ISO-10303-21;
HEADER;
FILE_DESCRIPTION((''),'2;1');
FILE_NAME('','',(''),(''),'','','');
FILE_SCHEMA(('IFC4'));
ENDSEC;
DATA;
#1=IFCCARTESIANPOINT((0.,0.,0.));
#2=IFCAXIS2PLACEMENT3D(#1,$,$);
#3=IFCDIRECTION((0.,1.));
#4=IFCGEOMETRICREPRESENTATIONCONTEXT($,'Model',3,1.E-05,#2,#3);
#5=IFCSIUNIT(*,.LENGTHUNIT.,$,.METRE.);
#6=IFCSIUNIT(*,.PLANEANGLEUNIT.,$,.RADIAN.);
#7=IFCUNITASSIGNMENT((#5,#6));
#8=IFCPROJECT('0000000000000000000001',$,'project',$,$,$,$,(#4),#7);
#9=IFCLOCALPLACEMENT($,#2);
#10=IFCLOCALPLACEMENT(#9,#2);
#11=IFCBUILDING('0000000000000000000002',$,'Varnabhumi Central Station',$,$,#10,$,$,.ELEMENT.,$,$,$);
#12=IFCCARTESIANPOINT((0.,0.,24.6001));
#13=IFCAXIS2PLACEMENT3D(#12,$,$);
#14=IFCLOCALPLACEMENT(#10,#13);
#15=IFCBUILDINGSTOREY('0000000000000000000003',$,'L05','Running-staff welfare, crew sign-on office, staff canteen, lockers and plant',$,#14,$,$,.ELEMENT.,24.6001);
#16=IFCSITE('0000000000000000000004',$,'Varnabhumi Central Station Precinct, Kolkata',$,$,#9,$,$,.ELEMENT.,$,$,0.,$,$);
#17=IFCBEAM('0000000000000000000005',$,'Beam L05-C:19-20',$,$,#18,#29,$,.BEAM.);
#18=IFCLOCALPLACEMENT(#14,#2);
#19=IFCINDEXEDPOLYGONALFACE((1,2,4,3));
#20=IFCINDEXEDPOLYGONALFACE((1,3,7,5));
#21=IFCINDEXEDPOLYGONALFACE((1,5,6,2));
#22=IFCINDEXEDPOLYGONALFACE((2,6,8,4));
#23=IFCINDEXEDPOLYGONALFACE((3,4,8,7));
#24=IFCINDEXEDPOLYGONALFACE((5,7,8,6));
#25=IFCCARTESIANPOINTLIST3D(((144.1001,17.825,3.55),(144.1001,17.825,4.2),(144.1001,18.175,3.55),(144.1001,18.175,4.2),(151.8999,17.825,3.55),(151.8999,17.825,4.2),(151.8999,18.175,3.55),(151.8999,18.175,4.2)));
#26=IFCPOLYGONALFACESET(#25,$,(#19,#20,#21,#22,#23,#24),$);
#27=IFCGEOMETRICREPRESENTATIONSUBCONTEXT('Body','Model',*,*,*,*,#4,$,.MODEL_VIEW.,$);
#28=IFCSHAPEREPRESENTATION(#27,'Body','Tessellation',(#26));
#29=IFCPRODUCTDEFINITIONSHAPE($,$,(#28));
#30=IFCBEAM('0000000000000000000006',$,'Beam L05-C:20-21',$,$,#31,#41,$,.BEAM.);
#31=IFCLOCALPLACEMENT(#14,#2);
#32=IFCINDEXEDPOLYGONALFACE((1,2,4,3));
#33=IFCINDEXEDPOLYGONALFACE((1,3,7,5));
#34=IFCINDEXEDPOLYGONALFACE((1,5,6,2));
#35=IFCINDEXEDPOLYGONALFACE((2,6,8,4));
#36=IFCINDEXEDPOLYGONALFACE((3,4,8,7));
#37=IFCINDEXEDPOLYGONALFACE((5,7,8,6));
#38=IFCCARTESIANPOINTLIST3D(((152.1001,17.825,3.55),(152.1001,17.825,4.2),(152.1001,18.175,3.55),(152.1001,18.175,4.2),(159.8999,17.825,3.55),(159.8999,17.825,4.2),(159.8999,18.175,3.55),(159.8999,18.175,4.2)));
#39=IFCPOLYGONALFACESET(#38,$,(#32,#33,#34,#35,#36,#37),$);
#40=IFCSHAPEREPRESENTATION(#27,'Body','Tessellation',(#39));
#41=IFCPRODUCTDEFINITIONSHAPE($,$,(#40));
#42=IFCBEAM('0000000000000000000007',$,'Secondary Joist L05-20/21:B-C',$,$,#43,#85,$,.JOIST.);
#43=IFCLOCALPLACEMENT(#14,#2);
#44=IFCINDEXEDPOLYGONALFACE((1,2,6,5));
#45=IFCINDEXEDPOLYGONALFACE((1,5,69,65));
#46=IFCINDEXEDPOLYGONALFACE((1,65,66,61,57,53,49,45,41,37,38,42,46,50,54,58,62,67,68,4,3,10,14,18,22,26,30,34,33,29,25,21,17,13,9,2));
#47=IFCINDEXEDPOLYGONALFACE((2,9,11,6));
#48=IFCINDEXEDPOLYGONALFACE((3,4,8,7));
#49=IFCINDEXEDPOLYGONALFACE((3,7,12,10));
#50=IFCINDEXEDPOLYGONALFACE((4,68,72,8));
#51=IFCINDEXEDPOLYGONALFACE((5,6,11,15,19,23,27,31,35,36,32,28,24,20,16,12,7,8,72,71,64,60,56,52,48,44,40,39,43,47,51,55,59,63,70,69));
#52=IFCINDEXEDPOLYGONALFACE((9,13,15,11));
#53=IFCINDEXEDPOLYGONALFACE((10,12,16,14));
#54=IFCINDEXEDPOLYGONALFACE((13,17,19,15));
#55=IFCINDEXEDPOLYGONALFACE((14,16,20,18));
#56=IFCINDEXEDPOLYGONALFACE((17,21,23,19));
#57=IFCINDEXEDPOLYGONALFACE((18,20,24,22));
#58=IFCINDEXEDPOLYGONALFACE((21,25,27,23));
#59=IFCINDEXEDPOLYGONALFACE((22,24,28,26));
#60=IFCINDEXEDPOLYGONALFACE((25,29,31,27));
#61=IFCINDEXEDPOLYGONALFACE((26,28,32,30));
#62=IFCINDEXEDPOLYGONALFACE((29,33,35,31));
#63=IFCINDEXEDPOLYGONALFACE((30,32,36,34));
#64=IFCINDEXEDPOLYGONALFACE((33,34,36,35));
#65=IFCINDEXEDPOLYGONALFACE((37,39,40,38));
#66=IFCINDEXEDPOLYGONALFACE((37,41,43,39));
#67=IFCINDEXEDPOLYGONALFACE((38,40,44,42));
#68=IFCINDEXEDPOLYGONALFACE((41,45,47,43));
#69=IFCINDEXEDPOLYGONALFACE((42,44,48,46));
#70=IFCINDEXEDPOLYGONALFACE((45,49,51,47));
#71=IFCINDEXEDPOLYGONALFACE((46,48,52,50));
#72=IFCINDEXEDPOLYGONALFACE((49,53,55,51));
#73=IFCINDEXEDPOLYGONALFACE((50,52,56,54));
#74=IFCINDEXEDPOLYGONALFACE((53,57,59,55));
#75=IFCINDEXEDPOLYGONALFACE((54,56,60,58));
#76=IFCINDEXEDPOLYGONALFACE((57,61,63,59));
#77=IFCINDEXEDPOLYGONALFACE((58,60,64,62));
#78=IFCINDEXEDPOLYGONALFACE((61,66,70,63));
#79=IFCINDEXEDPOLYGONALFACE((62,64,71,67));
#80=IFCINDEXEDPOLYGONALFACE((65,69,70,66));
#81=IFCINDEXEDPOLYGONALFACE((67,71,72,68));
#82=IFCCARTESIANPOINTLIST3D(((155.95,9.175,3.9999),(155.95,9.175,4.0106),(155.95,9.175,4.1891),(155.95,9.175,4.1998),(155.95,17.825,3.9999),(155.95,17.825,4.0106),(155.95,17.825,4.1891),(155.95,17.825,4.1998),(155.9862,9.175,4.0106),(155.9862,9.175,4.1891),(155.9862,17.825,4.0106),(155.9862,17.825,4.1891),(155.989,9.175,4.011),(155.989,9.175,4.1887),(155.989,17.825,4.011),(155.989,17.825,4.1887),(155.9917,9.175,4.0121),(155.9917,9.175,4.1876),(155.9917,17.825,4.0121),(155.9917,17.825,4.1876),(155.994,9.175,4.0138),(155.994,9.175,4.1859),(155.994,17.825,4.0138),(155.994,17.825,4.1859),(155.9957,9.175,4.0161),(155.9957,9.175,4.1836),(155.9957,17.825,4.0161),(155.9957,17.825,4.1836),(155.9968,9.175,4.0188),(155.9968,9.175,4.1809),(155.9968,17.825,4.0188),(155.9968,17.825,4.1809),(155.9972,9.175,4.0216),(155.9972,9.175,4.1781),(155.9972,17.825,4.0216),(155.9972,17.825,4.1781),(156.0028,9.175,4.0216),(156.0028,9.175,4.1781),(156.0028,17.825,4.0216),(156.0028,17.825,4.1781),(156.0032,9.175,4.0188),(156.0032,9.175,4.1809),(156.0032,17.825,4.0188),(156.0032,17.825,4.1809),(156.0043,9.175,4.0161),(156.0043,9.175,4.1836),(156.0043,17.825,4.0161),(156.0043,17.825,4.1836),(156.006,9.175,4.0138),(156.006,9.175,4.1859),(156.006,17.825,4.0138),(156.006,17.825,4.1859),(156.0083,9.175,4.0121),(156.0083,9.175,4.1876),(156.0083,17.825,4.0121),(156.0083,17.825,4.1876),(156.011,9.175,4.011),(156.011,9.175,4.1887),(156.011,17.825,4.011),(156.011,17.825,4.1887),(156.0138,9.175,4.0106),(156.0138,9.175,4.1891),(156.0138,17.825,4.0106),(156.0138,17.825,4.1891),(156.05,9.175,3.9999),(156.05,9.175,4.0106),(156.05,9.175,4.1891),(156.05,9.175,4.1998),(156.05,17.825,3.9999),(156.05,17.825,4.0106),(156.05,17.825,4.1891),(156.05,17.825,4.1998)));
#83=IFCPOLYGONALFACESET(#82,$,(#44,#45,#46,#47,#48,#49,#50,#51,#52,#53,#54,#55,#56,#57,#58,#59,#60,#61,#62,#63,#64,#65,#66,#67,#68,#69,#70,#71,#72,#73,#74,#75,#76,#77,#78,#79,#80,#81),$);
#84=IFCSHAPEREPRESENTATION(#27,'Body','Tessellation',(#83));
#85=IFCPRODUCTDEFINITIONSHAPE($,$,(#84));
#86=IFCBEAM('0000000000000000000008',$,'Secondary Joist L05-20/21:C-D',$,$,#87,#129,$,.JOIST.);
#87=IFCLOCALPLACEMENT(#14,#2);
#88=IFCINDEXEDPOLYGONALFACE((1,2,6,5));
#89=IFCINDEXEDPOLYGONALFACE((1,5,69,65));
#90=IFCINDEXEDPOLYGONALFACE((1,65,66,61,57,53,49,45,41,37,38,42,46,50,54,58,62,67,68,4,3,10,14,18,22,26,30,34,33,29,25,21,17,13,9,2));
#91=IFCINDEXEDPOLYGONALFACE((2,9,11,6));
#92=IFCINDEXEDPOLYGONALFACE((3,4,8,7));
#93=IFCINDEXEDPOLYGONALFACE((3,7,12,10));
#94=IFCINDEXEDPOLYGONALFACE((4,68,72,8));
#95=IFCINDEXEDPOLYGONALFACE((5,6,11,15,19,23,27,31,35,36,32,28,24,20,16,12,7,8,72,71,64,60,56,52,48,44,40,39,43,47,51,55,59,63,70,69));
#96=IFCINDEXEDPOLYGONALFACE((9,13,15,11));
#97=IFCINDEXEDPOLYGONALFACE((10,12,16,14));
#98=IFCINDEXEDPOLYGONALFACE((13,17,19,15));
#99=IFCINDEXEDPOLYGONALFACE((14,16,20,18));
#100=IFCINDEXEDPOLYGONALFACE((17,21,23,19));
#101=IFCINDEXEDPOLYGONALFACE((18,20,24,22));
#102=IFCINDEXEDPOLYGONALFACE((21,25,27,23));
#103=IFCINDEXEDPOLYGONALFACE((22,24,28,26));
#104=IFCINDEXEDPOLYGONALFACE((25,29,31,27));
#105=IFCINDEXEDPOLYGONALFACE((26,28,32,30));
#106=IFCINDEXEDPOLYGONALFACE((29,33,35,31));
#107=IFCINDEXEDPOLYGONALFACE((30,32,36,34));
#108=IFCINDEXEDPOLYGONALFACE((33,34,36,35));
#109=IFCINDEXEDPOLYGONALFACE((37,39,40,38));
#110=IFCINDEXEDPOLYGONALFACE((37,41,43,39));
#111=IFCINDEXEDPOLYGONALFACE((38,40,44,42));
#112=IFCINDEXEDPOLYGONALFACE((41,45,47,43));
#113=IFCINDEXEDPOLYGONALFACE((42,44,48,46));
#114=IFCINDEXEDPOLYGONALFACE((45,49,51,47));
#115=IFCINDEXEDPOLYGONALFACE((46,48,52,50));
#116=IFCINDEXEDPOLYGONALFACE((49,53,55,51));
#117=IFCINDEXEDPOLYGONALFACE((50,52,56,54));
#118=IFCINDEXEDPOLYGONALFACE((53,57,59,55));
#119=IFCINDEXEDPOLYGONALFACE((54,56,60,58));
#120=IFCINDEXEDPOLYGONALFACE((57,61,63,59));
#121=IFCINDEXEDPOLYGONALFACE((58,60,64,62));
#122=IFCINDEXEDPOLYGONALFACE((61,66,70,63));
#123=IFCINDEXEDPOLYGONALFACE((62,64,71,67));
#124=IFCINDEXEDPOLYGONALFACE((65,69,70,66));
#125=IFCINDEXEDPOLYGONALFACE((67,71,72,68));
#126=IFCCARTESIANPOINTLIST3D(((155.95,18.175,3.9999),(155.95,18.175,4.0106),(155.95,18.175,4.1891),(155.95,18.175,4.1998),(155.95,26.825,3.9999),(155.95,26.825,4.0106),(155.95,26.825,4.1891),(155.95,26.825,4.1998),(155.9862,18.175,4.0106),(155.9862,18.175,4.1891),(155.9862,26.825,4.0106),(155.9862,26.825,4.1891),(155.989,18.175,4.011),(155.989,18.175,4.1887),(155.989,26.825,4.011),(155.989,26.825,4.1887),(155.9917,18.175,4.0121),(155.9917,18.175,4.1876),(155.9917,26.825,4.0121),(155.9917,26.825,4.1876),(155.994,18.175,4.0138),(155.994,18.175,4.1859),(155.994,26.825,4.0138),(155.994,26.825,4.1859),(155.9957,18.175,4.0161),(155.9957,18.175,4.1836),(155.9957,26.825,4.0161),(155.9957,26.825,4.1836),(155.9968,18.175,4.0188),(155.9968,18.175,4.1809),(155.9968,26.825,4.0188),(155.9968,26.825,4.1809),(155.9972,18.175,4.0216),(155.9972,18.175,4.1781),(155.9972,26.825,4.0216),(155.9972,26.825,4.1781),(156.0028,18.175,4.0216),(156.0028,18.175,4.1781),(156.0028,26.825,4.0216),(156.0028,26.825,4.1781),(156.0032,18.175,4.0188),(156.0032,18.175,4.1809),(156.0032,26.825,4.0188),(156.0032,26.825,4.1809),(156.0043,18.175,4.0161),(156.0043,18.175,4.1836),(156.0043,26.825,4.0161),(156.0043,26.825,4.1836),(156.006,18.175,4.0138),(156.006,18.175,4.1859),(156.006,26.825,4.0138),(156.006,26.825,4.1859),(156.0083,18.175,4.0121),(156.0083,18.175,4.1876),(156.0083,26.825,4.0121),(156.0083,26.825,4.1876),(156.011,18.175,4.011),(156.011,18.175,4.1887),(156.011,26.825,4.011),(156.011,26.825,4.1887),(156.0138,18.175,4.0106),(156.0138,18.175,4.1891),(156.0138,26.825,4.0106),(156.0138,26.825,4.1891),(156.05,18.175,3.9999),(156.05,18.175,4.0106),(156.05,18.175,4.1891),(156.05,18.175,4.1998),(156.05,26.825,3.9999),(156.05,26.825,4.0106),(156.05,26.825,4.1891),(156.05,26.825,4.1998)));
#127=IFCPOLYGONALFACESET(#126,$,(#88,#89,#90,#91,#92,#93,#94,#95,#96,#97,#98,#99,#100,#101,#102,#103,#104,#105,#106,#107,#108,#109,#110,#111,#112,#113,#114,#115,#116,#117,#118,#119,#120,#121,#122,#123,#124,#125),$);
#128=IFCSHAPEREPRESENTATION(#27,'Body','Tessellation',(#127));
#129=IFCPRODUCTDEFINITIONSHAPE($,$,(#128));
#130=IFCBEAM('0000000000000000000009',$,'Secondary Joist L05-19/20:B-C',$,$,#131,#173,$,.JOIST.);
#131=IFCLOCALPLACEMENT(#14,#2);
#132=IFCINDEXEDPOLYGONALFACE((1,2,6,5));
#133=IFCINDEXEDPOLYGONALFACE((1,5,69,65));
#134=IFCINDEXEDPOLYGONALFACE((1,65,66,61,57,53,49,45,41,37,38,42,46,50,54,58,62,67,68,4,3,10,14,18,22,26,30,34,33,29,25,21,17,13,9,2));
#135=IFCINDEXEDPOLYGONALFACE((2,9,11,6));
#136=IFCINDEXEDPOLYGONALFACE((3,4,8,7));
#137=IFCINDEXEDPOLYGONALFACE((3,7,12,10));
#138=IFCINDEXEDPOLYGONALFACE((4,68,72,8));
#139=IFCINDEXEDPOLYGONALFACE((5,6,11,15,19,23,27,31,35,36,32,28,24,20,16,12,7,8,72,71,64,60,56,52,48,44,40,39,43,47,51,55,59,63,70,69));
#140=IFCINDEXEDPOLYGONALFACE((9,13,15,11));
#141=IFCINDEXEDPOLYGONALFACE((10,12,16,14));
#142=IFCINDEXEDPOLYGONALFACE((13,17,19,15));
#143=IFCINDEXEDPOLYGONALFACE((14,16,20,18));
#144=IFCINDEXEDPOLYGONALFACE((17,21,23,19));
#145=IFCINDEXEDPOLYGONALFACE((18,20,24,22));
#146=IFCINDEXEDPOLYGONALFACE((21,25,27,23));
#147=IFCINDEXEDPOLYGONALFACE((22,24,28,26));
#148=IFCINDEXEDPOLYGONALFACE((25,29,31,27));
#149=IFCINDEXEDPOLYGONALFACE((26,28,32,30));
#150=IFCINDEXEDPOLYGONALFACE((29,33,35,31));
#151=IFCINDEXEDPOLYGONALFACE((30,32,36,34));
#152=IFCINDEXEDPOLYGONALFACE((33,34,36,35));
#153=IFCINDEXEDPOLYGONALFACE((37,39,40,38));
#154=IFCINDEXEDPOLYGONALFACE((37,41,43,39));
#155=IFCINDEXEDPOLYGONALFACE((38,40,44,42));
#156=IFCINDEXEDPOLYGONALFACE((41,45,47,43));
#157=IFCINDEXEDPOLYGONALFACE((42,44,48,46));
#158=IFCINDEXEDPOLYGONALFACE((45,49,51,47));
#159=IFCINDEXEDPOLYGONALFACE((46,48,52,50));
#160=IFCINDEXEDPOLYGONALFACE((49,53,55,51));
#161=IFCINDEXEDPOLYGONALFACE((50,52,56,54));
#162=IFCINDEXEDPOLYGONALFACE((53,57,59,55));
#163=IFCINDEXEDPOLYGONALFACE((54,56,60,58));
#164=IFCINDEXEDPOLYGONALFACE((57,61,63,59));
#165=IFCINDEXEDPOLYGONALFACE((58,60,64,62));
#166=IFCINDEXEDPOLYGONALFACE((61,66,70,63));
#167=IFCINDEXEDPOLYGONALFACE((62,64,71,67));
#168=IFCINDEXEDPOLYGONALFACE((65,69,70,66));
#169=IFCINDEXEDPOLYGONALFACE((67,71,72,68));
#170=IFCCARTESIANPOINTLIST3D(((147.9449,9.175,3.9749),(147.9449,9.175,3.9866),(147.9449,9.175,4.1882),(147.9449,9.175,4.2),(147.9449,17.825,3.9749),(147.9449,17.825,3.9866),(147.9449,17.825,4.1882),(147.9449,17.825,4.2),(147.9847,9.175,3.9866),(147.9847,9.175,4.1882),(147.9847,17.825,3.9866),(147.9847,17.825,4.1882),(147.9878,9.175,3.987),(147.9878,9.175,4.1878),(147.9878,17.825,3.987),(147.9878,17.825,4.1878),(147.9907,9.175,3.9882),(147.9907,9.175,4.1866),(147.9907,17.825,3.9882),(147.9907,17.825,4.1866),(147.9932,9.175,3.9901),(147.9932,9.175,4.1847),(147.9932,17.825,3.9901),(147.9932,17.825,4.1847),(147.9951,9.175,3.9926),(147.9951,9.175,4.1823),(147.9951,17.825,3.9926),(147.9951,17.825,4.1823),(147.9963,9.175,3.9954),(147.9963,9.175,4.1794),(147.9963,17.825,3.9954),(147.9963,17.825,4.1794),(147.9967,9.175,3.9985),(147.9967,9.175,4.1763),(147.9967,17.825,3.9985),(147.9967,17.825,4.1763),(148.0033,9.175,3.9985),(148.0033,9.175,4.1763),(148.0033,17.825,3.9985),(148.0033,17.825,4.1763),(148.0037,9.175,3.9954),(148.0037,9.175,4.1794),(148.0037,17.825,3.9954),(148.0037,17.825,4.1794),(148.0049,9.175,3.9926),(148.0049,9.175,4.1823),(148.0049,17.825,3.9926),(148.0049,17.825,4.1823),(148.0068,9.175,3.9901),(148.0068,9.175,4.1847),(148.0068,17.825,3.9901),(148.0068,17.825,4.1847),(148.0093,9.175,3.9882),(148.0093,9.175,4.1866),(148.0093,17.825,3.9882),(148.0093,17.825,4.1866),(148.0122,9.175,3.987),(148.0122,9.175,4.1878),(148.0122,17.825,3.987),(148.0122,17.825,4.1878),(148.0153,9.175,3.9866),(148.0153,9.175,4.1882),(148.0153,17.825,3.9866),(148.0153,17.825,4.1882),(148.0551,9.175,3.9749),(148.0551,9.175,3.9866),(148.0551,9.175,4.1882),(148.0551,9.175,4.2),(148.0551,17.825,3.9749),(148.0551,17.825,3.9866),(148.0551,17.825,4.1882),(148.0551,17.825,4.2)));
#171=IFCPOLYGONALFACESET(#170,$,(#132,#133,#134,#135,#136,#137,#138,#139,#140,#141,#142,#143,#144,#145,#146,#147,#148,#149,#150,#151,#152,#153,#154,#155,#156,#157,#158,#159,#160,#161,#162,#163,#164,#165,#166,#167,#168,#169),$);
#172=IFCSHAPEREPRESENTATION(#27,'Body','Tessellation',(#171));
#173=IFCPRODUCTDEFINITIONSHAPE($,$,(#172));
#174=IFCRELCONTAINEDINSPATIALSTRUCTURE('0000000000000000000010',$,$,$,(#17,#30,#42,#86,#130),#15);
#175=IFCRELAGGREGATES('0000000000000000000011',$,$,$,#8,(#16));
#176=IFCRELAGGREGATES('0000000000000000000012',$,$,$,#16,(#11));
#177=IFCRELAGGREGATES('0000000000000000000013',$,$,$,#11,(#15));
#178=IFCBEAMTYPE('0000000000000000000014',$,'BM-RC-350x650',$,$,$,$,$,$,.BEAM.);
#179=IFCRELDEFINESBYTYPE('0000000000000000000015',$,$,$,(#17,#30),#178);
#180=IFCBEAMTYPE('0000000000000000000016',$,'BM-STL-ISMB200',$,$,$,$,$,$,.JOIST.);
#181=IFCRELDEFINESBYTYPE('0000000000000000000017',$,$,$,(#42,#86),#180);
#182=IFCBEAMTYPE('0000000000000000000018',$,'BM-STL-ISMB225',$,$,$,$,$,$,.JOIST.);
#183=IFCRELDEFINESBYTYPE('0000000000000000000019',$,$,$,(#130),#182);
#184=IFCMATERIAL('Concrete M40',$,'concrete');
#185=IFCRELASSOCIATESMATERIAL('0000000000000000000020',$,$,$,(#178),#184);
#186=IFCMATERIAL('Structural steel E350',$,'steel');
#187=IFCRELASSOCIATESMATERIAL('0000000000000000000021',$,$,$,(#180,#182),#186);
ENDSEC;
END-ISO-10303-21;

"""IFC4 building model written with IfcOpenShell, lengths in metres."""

from ifc_helpers import new_model, si_unit, direction, frame, origin, origin_2d, place, context, subcontext, project, spatial, rectangle, i_section, extrude, material, material_profile, profile_set, type_object, element, save


model = new_model("IFC4")

# Units and contexts
model_context = context("Model", 3, precision=1e-05, world=origin(), true_north=direction((0.0, 1.0)))
body_context = subcontext(model_context, "Body", "Model", "MODEL_VIEW")
ifc_project = project(units=[si_unit("LENGTHUNIT", "METRE"), si_unit("PLANEANGLEUNIT", "RADIAN")], contexts=[model_context])

# Site, building, storey
site_placement = place(None, origin())
site = spatial("IfcSite", under=ifc_project, at=site_placement, Name="Varnabhumi Central Station Precinct, Kolkata", CompositionType="ELEMENT", RefElevation=0.0)
building_placement = place(site_placement, origin())
building = spatial("IfcBuilding", under=site, at=building_placement, Name="Varnabhumi Central Station", CompositionType="ELEMENT")
storey_placement = place(building_placement, frame((0.0, 0.0, 24.6001)))
storey = spatial("IfcBuildingStorey", under=building, at=storey_placement, Name="L05", Description="Running-staff welfare, crew sign-on office, staff canteen, lockers and plant", CompositionType="ELEMENT", Elevation=24.6001)

# Shared definitions
ifc_material_1 = material(Name="Concrete M40", Category="concrete")
ifc_material_2 = material(Name="Structural steel E350", Category="steel")

# Beams
ifc_material_profile_1 = material_profile(ifc_material_1, rectangle(XDim=0.3501, YDim=0.6499, at=origin_2d()), Name="Concrete M40", Category="concrete")
ifc_profile_set_1 = profile_set([ifc_material_profile_1], Name="Concrete M40")
beam_type_1 = type_object("IfcBeamType", Name="BM-RC-350x650", PredefinedType="BEAM", material=ifc_profile_set_1)
for number, where, z_axis, x_axis, name in (
    (1, (144.1001, 18.0, 3.875), (1.0, 0.0, 0.0), (0.0, 1.0, 0.0), "Beam L05-C:19-20"),
    (2, (152.1001, 18.0, 3.875), (1.0, 0.0, 0.0), (0.0, 1.0, 0.0), "Beam L05-C:20-21"),
):
    element("IfcBeam", number, at=place(storey_placement, frame(where, z_axis=z_axis, x_axis=x_axis)), inside=storey, type_object=beam_type_1, Name=name, PredefinedType="BEAM", context=body_context, shape_type="SweptSolid", body=[
        extrude(rectangle(XDim=0.3501, YDim=0.6499, at=origin_2d()), origin(), (0.0, 0.0, 1.0), 7.7998),
    ])
ifc_material_profile_2 = material_profile(ifc_material_2, i_section(OverallWidth=0.1001, OverallDepth=0.2, WebThickness=0.0056, FlangeThickness=0.0107, FilletRadius=0.011, at=origin_2d()), Name="Structural steel E350", Category="steel")
ifc_profile_set_2 = profile_set([ifc_material_profile_2], Name="Structural steel E350")
beam_type_2 = type_object("IfcBeamType", Name="BM-STL-ISMB200", PredefinedType="JOIST", material=ifc_profile_set_2)
for number, where, z_axis, x_axis, name in (
    (3, (156.0, 9.175, 4.0999), (0.0, 1.0, 0.0), (-1.0, 0.0, 0.0), "Secondary Joist L05-20/21:B-C"),
    (4, (156.0, 18.175, 4.0999), (0.0, 1.0, 0.0), (-1.0, 0.0, 0.0), "Secondary Joist L05-20/21:C-D"),
):
    element("IfcBeam", number, at=place(storey_placement, frame(where, z_axis=z_axis, x_axis=x_axis)), inside=storey, type_object=beam_type_2, Name=name, PredefinedType="JOIST", context=body_context, shape_type="SweptSolid", body=[
        extrude(i_section(OverallWidth=0.1001, OverallDepth=0.2, WebThickness=0.0056, FlangeThickness=0.0107, FilletRadius=0.011, at=origin_2d()), origin(), (0.0, 0.0, 1.0), 8.6499),
    ])
ifc_material_profile_3 = material_profile(ifc_material_2, i_section(OverallWidth=0.1101, OverallDepth=0.2251, WebThickness=0.0066, FlangeThickness=0.0117, FilletRadius=0.012, at=origin_2d()), Name="Structural steel E350", Category="steel")
ifc_profile_set_3 = profile_set([ifc_material_profile_3], Name="Structural steel E350")
beam_type_3 = type_object("IfcBeamType", Name="BM-STL-ISMB225", PredefinedType="JOIST", material=ifc_profile_set_3)
for number, where, z_axis, x_axis, name in (
    (5, (148.0, 9.175, 4.0874), (0.0, 1.0, 0.0), (-1.0, 0.0, 0.0), "Secondary Joist L05-19/20:B-C"),
):
    element("IfcBeam", number, at=place(storey_placement, frame(where, z_axis=z_axis, x_axis=x_axis)), inside=storey, type_object=beam_type_3, Name=name, PredefinedType="JOIST", context=body_context, shape_type="SweptSolid", body=[
        extrude(i_section(OverallWidth=0.1101, OverallDepth=0.2251, WebThickness=0.0066, FlangeThickness=0.0117, FilletRadius=0.012, at=origin_2d()), origin(), (0.0, 0.0, 1.0), 8.6499),
    ])

save(model, "model.ifc")
